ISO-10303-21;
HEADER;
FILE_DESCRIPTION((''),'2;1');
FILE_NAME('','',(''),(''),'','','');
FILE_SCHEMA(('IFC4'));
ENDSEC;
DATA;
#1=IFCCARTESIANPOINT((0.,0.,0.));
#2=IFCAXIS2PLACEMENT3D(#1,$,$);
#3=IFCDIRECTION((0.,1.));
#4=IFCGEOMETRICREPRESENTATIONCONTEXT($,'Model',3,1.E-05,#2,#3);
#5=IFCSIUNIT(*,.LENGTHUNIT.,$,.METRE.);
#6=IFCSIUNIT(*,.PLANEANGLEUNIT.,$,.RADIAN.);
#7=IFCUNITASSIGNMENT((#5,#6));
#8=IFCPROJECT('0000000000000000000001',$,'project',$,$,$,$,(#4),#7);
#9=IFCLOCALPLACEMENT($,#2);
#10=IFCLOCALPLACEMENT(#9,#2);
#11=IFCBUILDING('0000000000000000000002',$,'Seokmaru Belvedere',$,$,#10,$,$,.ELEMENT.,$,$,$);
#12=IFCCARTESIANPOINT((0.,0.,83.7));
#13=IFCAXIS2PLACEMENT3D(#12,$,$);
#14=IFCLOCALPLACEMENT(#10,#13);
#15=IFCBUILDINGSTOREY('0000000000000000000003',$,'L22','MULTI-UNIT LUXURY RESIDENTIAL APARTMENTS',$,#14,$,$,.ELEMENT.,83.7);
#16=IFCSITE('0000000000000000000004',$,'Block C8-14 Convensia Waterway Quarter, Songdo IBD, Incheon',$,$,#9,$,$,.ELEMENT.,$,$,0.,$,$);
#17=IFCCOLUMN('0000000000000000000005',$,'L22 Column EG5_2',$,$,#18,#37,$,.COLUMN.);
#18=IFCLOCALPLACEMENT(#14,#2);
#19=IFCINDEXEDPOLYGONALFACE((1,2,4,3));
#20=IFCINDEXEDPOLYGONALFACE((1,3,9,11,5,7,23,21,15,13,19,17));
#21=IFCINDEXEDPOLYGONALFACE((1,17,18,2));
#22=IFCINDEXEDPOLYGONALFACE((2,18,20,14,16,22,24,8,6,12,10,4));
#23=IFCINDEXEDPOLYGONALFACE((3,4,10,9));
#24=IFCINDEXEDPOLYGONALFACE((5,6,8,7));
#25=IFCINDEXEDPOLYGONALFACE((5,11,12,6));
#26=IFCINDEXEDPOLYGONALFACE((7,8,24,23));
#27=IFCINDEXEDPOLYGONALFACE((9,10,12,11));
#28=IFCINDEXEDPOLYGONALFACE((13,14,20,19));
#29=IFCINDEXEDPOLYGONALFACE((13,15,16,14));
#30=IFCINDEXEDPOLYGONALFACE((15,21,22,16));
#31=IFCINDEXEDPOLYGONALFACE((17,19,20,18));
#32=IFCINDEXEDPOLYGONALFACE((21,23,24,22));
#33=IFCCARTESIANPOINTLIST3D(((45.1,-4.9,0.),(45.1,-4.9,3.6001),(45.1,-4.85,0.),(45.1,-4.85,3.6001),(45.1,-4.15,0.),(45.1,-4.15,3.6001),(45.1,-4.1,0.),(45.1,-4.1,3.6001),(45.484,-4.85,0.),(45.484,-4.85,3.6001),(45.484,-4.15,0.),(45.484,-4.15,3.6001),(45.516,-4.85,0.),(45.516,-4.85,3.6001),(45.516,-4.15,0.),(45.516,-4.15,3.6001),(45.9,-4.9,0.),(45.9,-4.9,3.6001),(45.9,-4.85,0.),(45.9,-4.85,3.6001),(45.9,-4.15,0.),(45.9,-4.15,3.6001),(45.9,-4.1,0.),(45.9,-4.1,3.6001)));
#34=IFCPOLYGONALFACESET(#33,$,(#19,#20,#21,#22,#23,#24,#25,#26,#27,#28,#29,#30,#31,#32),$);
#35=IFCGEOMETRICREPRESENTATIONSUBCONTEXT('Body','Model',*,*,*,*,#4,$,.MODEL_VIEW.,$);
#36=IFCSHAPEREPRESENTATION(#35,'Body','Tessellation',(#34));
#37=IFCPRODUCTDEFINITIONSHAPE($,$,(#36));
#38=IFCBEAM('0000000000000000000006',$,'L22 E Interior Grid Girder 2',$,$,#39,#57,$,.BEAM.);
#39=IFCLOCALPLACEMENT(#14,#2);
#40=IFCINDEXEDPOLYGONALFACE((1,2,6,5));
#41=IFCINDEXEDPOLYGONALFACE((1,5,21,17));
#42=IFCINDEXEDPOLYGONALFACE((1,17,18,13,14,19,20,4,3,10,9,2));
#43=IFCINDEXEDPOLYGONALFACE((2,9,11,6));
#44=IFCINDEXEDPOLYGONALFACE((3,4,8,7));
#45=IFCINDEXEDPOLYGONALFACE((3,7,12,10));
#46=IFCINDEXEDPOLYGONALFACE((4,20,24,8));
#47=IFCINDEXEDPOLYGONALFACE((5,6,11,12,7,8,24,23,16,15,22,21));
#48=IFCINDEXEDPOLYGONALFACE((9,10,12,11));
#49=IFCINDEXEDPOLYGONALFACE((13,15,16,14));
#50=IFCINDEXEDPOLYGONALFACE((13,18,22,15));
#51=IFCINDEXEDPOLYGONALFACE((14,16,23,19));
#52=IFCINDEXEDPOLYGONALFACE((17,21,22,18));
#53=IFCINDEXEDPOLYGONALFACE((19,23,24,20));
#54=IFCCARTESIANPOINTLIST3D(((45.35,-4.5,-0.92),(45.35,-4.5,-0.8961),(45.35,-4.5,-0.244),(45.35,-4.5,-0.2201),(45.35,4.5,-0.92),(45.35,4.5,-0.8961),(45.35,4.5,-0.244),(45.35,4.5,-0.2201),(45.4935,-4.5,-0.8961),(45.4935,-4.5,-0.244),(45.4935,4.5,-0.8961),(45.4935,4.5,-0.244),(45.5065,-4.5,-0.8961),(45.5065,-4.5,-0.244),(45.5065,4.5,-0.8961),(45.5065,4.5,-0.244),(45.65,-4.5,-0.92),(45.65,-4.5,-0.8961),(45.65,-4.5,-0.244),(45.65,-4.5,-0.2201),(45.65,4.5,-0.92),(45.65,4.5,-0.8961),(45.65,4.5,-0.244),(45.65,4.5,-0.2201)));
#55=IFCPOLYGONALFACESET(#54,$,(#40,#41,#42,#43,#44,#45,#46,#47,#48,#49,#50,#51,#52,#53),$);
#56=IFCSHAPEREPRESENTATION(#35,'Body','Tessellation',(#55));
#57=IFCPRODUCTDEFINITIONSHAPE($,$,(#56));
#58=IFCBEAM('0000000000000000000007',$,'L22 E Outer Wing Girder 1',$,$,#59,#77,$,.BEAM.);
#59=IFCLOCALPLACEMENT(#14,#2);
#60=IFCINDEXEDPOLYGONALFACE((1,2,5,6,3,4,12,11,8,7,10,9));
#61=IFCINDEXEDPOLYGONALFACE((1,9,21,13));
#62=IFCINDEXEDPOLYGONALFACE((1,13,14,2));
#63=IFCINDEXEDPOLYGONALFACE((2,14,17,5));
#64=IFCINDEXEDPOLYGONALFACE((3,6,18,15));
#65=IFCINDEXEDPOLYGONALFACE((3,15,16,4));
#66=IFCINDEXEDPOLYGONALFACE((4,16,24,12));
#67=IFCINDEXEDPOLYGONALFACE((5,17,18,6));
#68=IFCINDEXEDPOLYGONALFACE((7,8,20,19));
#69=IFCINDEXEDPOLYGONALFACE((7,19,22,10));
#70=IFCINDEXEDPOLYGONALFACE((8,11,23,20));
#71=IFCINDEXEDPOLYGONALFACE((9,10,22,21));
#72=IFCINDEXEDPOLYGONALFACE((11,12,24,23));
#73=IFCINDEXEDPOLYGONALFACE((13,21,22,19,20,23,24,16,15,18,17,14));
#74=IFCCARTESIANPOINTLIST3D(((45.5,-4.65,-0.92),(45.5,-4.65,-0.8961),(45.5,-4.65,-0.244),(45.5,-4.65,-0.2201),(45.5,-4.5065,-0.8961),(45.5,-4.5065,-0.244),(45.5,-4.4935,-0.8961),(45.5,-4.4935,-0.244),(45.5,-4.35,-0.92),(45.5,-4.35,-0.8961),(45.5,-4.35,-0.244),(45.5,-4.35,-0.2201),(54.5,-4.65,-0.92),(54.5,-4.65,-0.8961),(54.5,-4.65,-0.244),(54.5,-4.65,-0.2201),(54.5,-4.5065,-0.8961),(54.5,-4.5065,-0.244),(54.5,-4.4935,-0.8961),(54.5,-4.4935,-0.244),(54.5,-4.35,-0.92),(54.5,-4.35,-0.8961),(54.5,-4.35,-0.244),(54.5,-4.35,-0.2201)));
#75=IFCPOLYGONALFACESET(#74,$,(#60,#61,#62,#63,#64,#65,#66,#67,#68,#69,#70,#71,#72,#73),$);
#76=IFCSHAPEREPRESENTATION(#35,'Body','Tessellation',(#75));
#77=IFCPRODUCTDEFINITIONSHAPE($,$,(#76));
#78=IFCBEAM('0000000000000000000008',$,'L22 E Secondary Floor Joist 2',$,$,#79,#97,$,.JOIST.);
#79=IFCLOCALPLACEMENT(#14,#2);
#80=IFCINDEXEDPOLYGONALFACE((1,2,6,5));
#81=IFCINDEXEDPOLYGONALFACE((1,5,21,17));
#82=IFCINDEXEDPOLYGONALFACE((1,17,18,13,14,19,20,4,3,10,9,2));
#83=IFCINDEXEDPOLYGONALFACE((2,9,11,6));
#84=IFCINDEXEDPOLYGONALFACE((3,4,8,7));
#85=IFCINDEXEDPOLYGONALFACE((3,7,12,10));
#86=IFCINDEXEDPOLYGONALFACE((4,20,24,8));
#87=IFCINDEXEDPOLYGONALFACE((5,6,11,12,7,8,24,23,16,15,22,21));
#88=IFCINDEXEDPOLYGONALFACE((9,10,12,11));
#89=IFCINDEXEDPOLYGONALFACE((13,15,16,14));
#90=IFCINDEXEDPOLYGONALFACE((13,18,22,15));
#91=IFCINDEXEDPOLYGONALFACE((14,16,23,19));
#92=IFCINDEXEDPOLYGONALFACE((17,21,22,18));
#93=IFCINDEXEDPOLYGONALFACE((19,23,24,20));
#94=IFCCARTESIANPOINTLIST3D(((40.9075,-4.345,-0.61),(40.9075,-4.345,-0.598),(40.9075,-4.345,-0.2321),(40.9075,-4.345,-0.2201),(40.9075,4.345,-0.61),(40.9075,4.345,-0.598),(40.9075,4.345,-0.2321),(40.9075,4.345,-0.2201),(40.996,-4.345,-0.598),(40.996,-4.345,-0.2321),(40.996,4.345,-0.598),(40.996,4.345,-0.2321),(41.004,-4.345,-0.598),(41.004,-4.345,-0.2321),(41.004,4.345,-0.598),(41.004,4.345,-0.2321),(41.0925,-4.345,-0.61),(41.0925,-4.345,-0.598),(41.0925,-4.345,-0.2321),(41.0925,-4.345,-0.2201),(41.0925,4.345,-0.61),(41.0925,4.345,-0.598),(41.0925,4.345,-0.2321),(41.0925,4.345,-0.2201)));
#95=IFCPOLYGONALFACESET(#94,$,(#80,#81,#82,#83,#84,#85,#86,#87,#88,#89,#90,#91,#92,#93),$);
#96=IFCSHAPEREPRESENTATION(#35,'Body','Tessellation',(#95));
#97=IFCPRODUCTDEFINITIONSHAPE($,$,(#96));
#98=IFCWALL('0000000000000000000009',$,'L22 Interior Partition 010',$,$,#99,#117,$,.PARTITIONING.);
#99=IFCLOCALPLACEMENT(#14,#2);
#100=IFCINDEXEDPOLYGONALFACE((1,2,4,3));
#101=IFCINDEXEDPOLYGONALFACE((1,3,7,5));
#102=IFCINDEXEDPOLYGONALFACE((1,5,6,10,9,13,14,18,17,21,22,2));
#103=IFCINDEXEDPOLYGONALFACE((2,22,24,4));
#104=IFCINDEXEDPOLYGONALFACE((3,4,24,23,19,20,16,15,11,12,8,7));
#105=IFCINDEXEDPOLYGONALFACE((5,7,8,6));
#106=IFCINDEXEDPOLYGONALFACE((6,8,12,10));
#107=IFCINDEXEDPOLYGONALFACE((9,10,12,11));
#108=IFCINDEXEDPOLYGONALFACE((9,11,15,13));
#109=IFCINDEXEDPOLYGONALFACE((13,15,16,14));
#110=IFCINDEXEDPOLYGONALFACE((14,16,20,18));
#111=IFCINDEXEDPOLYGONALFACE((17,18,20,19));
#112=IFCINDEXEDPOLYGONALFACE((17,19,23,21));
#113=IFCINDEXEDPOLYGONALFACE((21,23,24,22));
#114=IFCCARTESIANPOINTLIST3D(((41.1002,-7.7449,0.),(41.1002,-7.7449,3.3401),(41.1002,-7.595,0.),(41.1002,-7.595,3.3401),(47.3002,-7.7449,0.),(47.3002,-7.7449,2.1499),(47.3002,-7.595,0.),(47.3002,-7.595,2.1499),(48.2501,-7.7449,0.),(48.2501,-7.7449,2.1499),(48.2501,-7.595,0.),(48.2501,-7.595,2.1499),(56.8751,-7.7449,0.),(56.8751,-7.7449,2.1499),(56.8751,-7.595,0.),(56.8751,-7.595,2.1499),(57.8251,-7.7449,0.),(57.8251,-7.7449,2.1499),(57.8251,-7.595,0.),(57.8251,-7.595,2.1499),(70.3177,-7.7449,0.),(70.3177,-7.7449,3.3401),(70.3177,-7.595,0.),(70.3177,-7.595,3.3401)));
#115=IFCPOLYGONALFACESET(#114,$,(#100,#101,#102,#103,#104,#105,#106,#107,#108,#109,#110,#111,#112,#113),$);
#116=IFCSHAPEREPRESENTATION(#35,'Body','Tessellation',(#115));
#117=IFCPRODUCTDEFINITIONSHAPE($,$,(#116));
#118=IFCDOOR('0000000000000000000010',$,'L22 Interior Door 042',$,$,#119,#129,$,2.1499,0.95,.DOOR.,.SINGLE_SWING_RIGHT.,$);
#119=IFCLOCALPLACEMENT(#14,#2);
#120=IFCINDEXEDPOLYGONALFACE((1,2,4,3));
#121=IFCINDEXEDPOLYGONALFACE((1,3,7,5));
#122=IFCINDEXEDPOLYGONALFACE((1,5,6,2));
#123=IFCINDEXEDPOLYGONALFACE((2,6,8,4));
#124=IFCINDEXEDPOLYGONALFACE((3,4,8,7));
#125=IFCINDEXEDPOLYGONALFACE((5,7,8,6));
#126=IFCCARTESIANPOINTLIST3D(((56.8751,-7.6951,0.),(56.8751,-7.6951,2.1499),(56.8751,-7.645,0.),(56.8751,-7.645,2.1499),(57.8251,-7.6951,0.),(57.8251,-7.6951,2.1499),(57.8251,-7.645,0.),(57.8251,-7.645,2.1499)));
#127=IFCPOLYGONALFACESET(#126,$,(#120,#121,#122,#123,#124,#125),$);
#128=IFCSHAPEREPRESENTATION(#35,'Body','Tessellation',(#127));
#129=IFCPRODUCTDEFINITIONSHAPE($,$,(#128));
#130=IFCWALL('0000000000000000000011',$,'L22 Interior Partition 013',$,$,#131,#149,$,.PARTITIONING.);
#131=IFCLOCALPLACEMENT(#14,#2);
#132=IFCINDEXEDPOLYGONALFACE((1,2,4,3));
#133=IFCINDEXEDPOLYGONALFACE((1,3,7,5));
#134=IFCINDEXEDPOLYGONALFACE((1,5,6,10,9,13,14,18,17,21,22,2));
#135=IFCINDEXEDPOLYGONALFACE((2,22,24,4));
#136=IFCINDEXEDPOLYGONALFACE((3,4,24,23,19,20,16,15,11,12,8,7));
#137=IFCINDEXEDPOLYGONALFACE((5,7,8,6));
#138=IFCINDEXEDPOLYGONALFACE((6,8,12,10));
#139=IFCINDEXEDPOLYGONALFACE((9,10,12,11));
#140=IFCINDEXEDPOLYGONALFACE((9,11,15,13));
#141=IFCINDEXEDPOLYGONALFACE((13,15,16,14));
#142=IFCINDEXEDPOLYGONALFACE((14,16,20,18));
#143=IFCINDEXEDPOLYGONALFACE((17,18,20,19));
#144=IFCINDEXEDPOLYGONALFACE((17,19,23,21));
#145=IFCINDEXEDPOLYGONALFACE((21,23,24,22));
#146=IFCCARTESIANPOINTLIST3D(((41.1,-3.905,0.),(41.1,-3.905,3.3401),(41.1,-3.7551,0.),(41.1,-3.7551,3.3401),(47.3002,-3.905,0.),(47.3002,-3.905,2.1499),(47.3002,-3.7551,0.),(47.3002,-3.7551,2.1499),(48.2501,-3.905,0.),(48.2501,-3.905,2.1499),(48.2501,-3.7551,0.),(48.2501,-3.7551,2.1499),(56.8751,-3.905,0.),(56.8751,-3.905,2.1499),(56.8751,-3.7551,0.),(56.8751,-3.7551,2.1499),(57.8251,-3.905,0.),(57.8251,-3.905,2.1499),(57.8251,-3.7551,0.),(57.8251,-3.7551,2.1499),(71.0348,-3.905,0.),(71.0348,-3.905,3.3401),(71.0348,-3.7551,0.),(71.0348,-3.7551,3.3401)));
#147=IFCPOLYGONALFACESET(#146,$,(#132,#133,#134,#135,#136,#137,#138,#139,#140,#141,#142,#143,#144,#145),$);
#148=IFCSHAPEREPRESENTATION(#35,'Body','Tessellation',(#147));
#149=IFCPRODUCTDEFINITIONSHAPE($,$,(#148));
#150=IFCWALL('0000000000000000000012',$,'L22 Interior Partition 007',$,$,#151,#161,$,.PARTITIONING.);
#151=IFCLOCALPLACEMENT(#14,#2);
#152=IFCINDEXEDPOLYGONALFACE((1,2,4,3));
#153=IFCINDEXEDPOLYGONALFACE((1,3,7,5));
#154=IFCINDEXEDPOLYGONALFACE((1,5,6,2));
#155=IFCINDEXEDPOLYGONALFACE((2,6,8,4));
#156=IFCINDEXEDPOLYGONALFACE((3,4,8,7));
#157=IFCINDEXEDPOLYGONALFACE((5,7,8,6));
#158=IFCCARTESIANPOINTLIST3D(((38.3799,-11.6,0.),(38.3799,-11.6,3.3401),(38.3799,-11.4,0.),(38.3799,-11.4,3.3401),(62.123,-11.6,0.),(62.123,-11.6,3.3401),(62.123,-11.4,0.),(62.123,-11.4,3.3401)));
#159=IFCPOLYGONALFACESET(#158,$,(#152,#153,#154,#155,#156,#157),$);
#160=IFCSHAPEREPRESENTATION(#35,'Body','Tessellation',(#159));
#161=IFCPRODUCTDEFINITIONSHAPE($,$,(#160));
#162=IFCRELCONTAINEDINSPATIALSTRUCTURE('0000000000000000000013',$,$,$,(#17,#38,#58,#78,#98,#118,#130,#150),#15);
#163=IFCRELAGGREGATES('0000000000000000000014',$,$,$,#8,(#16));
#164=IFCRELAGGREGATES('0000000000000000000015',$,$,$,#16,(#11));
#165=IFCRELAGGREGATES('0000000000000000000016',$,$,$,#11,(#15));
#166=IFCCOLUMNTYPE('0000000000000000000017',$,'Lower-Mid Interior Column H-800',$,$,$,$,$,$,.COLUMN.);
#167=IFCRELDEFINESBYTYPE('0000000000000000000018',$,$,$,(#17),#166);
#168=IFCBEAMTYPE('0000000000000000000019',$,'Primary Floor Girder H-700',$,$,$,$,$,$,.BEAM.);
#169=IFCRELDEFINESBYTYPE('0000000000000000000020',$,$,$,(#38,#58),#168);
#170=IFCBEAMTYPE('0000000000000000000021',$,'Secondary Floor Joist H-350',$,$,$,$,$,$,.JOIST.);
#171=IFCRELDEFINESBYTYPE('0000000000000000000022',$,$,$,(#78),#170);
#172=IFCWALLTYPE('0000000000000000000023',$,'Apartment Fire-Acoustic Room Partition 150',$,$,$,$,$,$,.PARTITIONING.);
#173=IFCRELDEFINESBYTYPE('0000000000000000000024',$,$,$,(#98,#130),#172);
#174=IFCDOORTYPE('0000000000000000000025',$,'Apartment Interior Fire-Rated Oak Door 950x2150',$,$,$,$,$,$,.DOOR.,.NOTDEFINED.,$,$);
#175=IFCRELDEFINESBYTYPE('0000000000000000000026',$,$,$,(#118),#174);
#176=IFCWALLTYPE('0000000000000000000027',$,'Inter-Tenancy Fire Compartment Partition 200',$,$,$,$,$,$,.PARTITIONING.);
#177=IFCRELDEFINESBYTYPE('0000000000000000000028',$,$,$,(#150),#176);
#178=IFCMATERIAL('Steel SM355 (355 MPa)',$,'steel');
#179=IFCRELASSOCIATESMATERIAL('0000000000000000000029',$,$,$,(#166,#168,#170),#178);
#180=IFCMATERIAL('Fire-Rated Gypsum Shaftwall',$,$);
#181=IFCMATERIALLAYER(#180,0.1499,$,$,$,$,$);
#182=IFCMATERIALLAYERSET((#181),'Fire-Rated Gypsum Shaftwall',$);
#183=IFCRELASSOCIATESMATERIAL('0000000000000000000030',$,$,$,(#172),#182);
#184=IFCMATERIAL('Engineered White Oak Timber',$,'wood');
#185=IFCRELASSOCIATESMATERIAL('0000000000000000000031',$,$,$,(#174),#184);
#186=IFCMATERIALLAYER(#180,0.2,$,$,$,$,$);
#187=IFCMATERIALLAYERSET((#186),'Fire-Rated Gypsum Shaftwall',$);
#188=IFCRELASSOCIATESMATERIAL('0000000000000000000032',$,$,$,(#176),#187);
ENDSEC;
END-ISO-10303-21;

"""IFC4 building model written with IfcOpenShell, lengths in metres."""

from ifc_helpers import new_model, si_unit, direction, frame, frame_2d, origin, origin_2d, place, context, subcontext, project, spatial, rectangle, i_section, extrude, source, transform, mapped, material, layer, layer_set, material_profile, profile_set, type_object, type_shapes, element, fill, save


model = new_model("IFC4")

# Units and contexts
model_context = context("Model", 3, precision=1e-05, world=origin(), true_north=direction((0.0, 1.0)))
body_context = subcontext(model_context, "Body", "Model", "MODEL_VIEW")
ifc_project = project(units=[si_unit("LENGTHUNIT", "METRE"), si_unit("PLANEANGLEUNIT", "RADIAN")], contexts=[model_context])

# Site, building, storey
site_placement = place(None, origin())
site = spatial("IfcSite", under=ifc_project, at=site_placement, Name="Block C8-14 Convensia Waterway Quarter, Songdo IBD, Incheon", CompositionType="ELEMENT", RefElevation=0.0)
building_placement = place(site_placement, origin())
building = spatial("IfcBuilding", under=site, at=building_placement, Name="Seokmaru Belvedere", CompositionType="ELEMENT")
storey_placement = place(building_placement, frame((0.0, 0.0, 83.7)))
storey = spatial("IfcBuildingStorey", under=building, at=storey_placement, Name="L22", Description="MULTI-UNIT LUXURY RESIDENTIAL APARTMENTS", CompositionType="ELEMENT", Elevation=83.7)

# Column
ifc_material_1 = material(Name="Steel SM355 (355 MPa)", Category="steel")
ifc_material_profile_1 = material_profile(ifc_material_1, i_section(OverallWidth=0.8, OverallDepth=0.8, WebThickness=0.032, FlangeThickness=0.05, at=origin_2d()), Name="H-800x800x32x50")
ifc_profile_set_1 = profile_set([ifc_material_profile_1], Name="Steel SM355 (355 MPa)")
column_type = type_object("IfcColumnType", Name="Lower-Mid Interior Column H-800", PredefinedType="COLUMN", material=ifc_profile_set_1)
shared_shape_1 = source(origin(), body_context, "Body", "SweptSolid", [
    extrude(i_section(OverallWidth=0.8, OverallDepth=0.8, WebThickness=0.032, FlangeThickness=0.05, at=origin_2d()), origin(), (0.0, 0.0, 1.0), 3.6001),
])
type_shapes(column_type, [shared_shape_1])
column_placement = place(storey_placement, frame((45.5, -4.5, 0.0), z_axis=(0.0, 0.0, 1.0), x_axis=(1.0, 0.0, 0.0)))
element("IfcColumn", 1, at=column_placement, inside=storey, type_object=column_type, Name="L22 Column EG5_2", PredefinedType="COLUMN", context=body_context, shape_type="MappedRepresentation", body=[
    mapped(shared_shape_1, transform((0.0, 0.0, 0.0), scale=1.0)),
])

# Beams
ifc_material_profile_2 = material_profile(ifc_material_1, i_section(OverallWidth=0.3, OverallDepth=0.7, WebThickness=0.0129, FlangeThickness=0.0239, at=origin_2d()), Name="H-700x300x13x24")
ifc_profile_set_2 = profile_set([ifc_material_profile_2], Name="Steel SM355 (355 MPa)")
beam_type_1 = type_object("IfcBeamType", Name="Primary Floor Girder H-700", PredefinedType="BEAM", material=ifc_profile_set_2)
shared_shape_2 = source(origin(), body_context, "Body", "SweptSolid", [
    extrude(i_section(OverallWidth=0.3, OverallDepth=0.7, WebThickness=0.0129, FlangeThickness=0.0239, at=origin_2d()), origin(), (0.0, 0.0, 1.0), 9.0),
])
type_shapes(beam_type_1, [shared_shape_2])
for number, where, z_axis, x_axis, name in (
    (2, (45.5, -4.5, -0.5701), (0.0, 1.0, 0.0), (-1.0, 0.0, 0.0), "L22 E Interior Grid Girder 2"),
    (3, (45.5, -4.5, -0.5701), (1.0, 0.0, 0.0), (0.0, 1.0, 0.0), "L22 E Outer Wing Girder 1"),
):
    element("IfcBeam", number, at=place(storey_placement, frame(where, z_axis=z_axis, x_axis=x_axis)), inside=storey, type_object=beam_type_1, Name=name, PredefinedType="BEAM", context=body_context, shape_type="MappedRepresentation", body=[
        mapped(shared_shape_2, transform((0.0, 0.0, 0.0), scale=1.0)),
    ])
ifc_material_profile_3 = material_profile(ifc_material_1, i_section(OverallWidth=0.1851, OverallDepth=0.3899, WebThickness=0.0081, FlangeThickness=0.012, at=origin_2d()), Name="H-390x185x8x12")
ifc_profile_set_3 = profile_set([ifc_material_profile_3], Name="Steel SM355 (355 MPa)")
beam_type_2 = type_object("IfcBeamType", Name="Secondary Floor Joist H-350", PredefinedType="JOIST", material=ifc_profile_set_3)
shared_shape_3 = source(origin(), body_context, "Body", "SweptSolid", [
    extrude(i_section(OverallWidth=0.1851, OverallDepth=0.3899, WebThickness=0.0081, FlangeThickness=0.012, at=origin_2d()), origin(), (0.0, 0.0, 1.0), 8.6899),
])
type_shapes(beam_type_2, [shared_shape_3])
beam_placement = place(storey_placement, frame((41.0, -4.345, -0.415), z_axis=(0.0, 1.0, 0.0), x_axis=(-1.0, 0.0, 0.0)))
element("IfcBeam", 4, at=beam_placement, inside=storey, type_object=beam_type_2, Name="L22 E Secondary Floor Joist 2", PredefinedType="JOIST", context=body_context, shape_type="MappedRepresentation", body=[
    mapped(shared_shape_3, transform((0.0, 0.0, 0.0), scale=1.0)),
])

# Wall, openings, door
ifc_material_2 = material(Name="Fire-Rated Gypsum Shaftwall")
ifc_layer_1 = layer(ifc_material_2, 0.1499)
ifc_layer_set_1 = layer_set([ifc_layer_1], Name="Fire-Rated Gypsum Shaftwall")
wall_type_1 = type_object("IfcWallType", Name="Apartment Fire-Acoustic Room Partition 150", PredefinedType="PARTITIONING", material=ifc_layer_set_1)
wall_1_placement = place(storey_placement, frame((41.1001, -7.6699, 0.0), z_axis=(0.0, 0.0, 1.0), x_axis=(1.0, 0.0, 0.0)))
wall_1 = element("IfcWall", 5, at=wall_1_placement, inside=storey, type_object=wall_type_1, Name="L22 Interior Partition 010", PredefinedType="PARTITIONING", context=body_context, shape_type="SweptSolid", body=[
    extrude(rectangle(XDim=29.2175, YDim=0.1499, at=frame_2d((14.6089, 0.0))), origin(), (0.0, 0.0, 1.0), 3.3401),
])
opening_1_placement = place(wall_1_placement, frame((6.2, 0.0, 0.0)))
element("IfcOpeningElement", 6, at=opening_1_placement, cuts=wall_1, PredefinedType="OPENING", context=body_context, shape_type="SweptSolid", body=[
    extrude(rectangle(XDim=0.95, YDim=2.1499, at=frame_2d((0.4751, 1.075))), frame((0.0, 0.085, 0.0), z_axis=(0.0, -1.0, 0.0), x_axis=(1.0, 0.0, 0.0)), (0.0, 0.0, 1.0), 0.1699),
])
opening_2_placement = place(wall_1_placement, frame((15.7749, 0.0, 0.0)))
opening_2 = element("IfcOpeningElement", 7, at=opening_2_placement, cuts=wall_1, PredefinedType="OPENING", context=body_context, shape_type="SweptSolid", body=[
    extrude(rectangle(XDim=0.95, YDim=2.1499, at=frame_2d((0.4751, 1.075))), frame((0.0, 0.085, 0.0), z_axis=(0.0, -1.0, 0.0), x_axis=(1.0, 0.0, 0.0)), (0.0, 0.0, 1.0), 0.1699),
])
ifc_material_3 = material(Name="Engineered White Oak Timber", Category="wood")
door_type = type_object("IfcDoorType", Name="Apartment Interior Fire-Rated Oak Door 950x2150", OperationType="NOTDEFINED", PredefinedType="DOOR", material=ifc_material_3)
shared_shape_4 = source(origin(), body_context, "Body", "SweptSolid", [
    extrude(rectangle(XDim=0.95, YDim=2.1499, at=frame_2d((0.4751, 1.075))), frame((0.0, 0.0249, 0.0), z_axis=(0.0, -1.0, 0.0), x_axis=(1.0, 0.0, 0.0)), (0.0, 0.0, 1.0), 0.05),
])
type_shapes(door_type, [shared_shape_4])
door_placement = place(opening_2_placement, origin())
door = element("IfcDoor", 8, at=door_placement, inside=storey, type_object=door_type, Name="L22 Interior Door 042", OperationType="SINGLE_SWING_RIGHT", OverallHeight=2.1499, OverallWidth=0.95, PredefinedType="DOOR", context=body_context, shape_type="MappedRepresentation", body=[
    mapped(shared_shape_4, transform((0.0, 0.0, 0.0), scale=1.0)),
])
fill(opening_2, door)

# Wall, openings
wall_2_placement = place(storey_placement, frame((41.1001, -3.8301, 0.0), z_axis=(0.0, 0.0, 1.0), x_axis=(1.0, 0.0, 0.0)))
wall_2 = element("IfcWall", 9, at=wall_2_placement, inside=storey, type_object=wall_type_1, Name="L22 Interior Partition 013", PredefinedType="PARTITIONING", context=body_context, shape_type="SweptSolid", body=[
    extrude(rectangle(XDim=29.9348, YDim=0.1499, at=frame_2d((14.9673, 0.0))), origin(), (0.0, 0.0, 1.0), 3.3401),
])
opening_3_placement = place(wall_2_placement, frame((6.2, 0.0, 0.0)))
element("IfcOpeningElement", 10, at=opening_3_placement, cuts=wall_2, PredefinedType="OPENING", context=body_context, shape_type="SweptSolid", body=[
    extrude(rectangle(XDim=0.95, YDim=2.1499, at=frame_2d((0.4751, 1.075))), frame((0.0, 0.085, 0.0), z_axis=(0.0, -1.0, 0.0), x_axis=(1.0, 0.0, 0.0)), (0.0, 0.0, 1.0), 0.1699),
])
opening_4_placement = place(wall_2_placement, frame((15.7749, 0.0, 0.0)))
element("IfcOpeningElement", 11, at=opening_4_placement, cuts=wall_2, PredefinedType="OPENING", context=body_context, shape_type="SweptSolid", body=[
    extrude(rectangle(XDim=0.95, YDim=2.1499, at=frame_2d((0.4751, 1.075))), frame((0.0, 0.085, 0.0), z_axis=(0.0, -1.0, 0.0), x_axis=(1.0, 0.0, 0.0)), (0.0, 0.0, 1.0), 0.1699),
])

# Wall
ifc_layer_2 = layer(ifc_material_2, 0.2)
ifc_layer_set_2 = layer_set([ifc_layer_2], Name="Fire-Rated Gypsum Shaftwall")
wall_type_2 = type_object("IfcWallType", Name="Inter-Tenancy Fire Compartment Partition 200", PredefinedType="PARTITIONING", material=ifc_layer_set_2)
wall_3_placement = place(storey_placement, frame((38.3799, -11.5, 0.0), z_axis=(0.0, 0.0, 1.0), x_axis=(1.0, 0.0, 0.0)))
element("IfcWall", 12, at=wall_3_placement, inside=storey, type_object=wall_type_2, Name="L22 Interior Partition 007", PredefinedType="PARTITIONING", context=body_context, shape_type="SweptSolid", body=[
    extrude(rectangle(XDim=23.7432, YDim=0.2, at=frame_2d((11.8716, 0.0))), origin(), (0.0, 0.0, 1.0), 3.3401),
])

save(model, "model.ifc")
